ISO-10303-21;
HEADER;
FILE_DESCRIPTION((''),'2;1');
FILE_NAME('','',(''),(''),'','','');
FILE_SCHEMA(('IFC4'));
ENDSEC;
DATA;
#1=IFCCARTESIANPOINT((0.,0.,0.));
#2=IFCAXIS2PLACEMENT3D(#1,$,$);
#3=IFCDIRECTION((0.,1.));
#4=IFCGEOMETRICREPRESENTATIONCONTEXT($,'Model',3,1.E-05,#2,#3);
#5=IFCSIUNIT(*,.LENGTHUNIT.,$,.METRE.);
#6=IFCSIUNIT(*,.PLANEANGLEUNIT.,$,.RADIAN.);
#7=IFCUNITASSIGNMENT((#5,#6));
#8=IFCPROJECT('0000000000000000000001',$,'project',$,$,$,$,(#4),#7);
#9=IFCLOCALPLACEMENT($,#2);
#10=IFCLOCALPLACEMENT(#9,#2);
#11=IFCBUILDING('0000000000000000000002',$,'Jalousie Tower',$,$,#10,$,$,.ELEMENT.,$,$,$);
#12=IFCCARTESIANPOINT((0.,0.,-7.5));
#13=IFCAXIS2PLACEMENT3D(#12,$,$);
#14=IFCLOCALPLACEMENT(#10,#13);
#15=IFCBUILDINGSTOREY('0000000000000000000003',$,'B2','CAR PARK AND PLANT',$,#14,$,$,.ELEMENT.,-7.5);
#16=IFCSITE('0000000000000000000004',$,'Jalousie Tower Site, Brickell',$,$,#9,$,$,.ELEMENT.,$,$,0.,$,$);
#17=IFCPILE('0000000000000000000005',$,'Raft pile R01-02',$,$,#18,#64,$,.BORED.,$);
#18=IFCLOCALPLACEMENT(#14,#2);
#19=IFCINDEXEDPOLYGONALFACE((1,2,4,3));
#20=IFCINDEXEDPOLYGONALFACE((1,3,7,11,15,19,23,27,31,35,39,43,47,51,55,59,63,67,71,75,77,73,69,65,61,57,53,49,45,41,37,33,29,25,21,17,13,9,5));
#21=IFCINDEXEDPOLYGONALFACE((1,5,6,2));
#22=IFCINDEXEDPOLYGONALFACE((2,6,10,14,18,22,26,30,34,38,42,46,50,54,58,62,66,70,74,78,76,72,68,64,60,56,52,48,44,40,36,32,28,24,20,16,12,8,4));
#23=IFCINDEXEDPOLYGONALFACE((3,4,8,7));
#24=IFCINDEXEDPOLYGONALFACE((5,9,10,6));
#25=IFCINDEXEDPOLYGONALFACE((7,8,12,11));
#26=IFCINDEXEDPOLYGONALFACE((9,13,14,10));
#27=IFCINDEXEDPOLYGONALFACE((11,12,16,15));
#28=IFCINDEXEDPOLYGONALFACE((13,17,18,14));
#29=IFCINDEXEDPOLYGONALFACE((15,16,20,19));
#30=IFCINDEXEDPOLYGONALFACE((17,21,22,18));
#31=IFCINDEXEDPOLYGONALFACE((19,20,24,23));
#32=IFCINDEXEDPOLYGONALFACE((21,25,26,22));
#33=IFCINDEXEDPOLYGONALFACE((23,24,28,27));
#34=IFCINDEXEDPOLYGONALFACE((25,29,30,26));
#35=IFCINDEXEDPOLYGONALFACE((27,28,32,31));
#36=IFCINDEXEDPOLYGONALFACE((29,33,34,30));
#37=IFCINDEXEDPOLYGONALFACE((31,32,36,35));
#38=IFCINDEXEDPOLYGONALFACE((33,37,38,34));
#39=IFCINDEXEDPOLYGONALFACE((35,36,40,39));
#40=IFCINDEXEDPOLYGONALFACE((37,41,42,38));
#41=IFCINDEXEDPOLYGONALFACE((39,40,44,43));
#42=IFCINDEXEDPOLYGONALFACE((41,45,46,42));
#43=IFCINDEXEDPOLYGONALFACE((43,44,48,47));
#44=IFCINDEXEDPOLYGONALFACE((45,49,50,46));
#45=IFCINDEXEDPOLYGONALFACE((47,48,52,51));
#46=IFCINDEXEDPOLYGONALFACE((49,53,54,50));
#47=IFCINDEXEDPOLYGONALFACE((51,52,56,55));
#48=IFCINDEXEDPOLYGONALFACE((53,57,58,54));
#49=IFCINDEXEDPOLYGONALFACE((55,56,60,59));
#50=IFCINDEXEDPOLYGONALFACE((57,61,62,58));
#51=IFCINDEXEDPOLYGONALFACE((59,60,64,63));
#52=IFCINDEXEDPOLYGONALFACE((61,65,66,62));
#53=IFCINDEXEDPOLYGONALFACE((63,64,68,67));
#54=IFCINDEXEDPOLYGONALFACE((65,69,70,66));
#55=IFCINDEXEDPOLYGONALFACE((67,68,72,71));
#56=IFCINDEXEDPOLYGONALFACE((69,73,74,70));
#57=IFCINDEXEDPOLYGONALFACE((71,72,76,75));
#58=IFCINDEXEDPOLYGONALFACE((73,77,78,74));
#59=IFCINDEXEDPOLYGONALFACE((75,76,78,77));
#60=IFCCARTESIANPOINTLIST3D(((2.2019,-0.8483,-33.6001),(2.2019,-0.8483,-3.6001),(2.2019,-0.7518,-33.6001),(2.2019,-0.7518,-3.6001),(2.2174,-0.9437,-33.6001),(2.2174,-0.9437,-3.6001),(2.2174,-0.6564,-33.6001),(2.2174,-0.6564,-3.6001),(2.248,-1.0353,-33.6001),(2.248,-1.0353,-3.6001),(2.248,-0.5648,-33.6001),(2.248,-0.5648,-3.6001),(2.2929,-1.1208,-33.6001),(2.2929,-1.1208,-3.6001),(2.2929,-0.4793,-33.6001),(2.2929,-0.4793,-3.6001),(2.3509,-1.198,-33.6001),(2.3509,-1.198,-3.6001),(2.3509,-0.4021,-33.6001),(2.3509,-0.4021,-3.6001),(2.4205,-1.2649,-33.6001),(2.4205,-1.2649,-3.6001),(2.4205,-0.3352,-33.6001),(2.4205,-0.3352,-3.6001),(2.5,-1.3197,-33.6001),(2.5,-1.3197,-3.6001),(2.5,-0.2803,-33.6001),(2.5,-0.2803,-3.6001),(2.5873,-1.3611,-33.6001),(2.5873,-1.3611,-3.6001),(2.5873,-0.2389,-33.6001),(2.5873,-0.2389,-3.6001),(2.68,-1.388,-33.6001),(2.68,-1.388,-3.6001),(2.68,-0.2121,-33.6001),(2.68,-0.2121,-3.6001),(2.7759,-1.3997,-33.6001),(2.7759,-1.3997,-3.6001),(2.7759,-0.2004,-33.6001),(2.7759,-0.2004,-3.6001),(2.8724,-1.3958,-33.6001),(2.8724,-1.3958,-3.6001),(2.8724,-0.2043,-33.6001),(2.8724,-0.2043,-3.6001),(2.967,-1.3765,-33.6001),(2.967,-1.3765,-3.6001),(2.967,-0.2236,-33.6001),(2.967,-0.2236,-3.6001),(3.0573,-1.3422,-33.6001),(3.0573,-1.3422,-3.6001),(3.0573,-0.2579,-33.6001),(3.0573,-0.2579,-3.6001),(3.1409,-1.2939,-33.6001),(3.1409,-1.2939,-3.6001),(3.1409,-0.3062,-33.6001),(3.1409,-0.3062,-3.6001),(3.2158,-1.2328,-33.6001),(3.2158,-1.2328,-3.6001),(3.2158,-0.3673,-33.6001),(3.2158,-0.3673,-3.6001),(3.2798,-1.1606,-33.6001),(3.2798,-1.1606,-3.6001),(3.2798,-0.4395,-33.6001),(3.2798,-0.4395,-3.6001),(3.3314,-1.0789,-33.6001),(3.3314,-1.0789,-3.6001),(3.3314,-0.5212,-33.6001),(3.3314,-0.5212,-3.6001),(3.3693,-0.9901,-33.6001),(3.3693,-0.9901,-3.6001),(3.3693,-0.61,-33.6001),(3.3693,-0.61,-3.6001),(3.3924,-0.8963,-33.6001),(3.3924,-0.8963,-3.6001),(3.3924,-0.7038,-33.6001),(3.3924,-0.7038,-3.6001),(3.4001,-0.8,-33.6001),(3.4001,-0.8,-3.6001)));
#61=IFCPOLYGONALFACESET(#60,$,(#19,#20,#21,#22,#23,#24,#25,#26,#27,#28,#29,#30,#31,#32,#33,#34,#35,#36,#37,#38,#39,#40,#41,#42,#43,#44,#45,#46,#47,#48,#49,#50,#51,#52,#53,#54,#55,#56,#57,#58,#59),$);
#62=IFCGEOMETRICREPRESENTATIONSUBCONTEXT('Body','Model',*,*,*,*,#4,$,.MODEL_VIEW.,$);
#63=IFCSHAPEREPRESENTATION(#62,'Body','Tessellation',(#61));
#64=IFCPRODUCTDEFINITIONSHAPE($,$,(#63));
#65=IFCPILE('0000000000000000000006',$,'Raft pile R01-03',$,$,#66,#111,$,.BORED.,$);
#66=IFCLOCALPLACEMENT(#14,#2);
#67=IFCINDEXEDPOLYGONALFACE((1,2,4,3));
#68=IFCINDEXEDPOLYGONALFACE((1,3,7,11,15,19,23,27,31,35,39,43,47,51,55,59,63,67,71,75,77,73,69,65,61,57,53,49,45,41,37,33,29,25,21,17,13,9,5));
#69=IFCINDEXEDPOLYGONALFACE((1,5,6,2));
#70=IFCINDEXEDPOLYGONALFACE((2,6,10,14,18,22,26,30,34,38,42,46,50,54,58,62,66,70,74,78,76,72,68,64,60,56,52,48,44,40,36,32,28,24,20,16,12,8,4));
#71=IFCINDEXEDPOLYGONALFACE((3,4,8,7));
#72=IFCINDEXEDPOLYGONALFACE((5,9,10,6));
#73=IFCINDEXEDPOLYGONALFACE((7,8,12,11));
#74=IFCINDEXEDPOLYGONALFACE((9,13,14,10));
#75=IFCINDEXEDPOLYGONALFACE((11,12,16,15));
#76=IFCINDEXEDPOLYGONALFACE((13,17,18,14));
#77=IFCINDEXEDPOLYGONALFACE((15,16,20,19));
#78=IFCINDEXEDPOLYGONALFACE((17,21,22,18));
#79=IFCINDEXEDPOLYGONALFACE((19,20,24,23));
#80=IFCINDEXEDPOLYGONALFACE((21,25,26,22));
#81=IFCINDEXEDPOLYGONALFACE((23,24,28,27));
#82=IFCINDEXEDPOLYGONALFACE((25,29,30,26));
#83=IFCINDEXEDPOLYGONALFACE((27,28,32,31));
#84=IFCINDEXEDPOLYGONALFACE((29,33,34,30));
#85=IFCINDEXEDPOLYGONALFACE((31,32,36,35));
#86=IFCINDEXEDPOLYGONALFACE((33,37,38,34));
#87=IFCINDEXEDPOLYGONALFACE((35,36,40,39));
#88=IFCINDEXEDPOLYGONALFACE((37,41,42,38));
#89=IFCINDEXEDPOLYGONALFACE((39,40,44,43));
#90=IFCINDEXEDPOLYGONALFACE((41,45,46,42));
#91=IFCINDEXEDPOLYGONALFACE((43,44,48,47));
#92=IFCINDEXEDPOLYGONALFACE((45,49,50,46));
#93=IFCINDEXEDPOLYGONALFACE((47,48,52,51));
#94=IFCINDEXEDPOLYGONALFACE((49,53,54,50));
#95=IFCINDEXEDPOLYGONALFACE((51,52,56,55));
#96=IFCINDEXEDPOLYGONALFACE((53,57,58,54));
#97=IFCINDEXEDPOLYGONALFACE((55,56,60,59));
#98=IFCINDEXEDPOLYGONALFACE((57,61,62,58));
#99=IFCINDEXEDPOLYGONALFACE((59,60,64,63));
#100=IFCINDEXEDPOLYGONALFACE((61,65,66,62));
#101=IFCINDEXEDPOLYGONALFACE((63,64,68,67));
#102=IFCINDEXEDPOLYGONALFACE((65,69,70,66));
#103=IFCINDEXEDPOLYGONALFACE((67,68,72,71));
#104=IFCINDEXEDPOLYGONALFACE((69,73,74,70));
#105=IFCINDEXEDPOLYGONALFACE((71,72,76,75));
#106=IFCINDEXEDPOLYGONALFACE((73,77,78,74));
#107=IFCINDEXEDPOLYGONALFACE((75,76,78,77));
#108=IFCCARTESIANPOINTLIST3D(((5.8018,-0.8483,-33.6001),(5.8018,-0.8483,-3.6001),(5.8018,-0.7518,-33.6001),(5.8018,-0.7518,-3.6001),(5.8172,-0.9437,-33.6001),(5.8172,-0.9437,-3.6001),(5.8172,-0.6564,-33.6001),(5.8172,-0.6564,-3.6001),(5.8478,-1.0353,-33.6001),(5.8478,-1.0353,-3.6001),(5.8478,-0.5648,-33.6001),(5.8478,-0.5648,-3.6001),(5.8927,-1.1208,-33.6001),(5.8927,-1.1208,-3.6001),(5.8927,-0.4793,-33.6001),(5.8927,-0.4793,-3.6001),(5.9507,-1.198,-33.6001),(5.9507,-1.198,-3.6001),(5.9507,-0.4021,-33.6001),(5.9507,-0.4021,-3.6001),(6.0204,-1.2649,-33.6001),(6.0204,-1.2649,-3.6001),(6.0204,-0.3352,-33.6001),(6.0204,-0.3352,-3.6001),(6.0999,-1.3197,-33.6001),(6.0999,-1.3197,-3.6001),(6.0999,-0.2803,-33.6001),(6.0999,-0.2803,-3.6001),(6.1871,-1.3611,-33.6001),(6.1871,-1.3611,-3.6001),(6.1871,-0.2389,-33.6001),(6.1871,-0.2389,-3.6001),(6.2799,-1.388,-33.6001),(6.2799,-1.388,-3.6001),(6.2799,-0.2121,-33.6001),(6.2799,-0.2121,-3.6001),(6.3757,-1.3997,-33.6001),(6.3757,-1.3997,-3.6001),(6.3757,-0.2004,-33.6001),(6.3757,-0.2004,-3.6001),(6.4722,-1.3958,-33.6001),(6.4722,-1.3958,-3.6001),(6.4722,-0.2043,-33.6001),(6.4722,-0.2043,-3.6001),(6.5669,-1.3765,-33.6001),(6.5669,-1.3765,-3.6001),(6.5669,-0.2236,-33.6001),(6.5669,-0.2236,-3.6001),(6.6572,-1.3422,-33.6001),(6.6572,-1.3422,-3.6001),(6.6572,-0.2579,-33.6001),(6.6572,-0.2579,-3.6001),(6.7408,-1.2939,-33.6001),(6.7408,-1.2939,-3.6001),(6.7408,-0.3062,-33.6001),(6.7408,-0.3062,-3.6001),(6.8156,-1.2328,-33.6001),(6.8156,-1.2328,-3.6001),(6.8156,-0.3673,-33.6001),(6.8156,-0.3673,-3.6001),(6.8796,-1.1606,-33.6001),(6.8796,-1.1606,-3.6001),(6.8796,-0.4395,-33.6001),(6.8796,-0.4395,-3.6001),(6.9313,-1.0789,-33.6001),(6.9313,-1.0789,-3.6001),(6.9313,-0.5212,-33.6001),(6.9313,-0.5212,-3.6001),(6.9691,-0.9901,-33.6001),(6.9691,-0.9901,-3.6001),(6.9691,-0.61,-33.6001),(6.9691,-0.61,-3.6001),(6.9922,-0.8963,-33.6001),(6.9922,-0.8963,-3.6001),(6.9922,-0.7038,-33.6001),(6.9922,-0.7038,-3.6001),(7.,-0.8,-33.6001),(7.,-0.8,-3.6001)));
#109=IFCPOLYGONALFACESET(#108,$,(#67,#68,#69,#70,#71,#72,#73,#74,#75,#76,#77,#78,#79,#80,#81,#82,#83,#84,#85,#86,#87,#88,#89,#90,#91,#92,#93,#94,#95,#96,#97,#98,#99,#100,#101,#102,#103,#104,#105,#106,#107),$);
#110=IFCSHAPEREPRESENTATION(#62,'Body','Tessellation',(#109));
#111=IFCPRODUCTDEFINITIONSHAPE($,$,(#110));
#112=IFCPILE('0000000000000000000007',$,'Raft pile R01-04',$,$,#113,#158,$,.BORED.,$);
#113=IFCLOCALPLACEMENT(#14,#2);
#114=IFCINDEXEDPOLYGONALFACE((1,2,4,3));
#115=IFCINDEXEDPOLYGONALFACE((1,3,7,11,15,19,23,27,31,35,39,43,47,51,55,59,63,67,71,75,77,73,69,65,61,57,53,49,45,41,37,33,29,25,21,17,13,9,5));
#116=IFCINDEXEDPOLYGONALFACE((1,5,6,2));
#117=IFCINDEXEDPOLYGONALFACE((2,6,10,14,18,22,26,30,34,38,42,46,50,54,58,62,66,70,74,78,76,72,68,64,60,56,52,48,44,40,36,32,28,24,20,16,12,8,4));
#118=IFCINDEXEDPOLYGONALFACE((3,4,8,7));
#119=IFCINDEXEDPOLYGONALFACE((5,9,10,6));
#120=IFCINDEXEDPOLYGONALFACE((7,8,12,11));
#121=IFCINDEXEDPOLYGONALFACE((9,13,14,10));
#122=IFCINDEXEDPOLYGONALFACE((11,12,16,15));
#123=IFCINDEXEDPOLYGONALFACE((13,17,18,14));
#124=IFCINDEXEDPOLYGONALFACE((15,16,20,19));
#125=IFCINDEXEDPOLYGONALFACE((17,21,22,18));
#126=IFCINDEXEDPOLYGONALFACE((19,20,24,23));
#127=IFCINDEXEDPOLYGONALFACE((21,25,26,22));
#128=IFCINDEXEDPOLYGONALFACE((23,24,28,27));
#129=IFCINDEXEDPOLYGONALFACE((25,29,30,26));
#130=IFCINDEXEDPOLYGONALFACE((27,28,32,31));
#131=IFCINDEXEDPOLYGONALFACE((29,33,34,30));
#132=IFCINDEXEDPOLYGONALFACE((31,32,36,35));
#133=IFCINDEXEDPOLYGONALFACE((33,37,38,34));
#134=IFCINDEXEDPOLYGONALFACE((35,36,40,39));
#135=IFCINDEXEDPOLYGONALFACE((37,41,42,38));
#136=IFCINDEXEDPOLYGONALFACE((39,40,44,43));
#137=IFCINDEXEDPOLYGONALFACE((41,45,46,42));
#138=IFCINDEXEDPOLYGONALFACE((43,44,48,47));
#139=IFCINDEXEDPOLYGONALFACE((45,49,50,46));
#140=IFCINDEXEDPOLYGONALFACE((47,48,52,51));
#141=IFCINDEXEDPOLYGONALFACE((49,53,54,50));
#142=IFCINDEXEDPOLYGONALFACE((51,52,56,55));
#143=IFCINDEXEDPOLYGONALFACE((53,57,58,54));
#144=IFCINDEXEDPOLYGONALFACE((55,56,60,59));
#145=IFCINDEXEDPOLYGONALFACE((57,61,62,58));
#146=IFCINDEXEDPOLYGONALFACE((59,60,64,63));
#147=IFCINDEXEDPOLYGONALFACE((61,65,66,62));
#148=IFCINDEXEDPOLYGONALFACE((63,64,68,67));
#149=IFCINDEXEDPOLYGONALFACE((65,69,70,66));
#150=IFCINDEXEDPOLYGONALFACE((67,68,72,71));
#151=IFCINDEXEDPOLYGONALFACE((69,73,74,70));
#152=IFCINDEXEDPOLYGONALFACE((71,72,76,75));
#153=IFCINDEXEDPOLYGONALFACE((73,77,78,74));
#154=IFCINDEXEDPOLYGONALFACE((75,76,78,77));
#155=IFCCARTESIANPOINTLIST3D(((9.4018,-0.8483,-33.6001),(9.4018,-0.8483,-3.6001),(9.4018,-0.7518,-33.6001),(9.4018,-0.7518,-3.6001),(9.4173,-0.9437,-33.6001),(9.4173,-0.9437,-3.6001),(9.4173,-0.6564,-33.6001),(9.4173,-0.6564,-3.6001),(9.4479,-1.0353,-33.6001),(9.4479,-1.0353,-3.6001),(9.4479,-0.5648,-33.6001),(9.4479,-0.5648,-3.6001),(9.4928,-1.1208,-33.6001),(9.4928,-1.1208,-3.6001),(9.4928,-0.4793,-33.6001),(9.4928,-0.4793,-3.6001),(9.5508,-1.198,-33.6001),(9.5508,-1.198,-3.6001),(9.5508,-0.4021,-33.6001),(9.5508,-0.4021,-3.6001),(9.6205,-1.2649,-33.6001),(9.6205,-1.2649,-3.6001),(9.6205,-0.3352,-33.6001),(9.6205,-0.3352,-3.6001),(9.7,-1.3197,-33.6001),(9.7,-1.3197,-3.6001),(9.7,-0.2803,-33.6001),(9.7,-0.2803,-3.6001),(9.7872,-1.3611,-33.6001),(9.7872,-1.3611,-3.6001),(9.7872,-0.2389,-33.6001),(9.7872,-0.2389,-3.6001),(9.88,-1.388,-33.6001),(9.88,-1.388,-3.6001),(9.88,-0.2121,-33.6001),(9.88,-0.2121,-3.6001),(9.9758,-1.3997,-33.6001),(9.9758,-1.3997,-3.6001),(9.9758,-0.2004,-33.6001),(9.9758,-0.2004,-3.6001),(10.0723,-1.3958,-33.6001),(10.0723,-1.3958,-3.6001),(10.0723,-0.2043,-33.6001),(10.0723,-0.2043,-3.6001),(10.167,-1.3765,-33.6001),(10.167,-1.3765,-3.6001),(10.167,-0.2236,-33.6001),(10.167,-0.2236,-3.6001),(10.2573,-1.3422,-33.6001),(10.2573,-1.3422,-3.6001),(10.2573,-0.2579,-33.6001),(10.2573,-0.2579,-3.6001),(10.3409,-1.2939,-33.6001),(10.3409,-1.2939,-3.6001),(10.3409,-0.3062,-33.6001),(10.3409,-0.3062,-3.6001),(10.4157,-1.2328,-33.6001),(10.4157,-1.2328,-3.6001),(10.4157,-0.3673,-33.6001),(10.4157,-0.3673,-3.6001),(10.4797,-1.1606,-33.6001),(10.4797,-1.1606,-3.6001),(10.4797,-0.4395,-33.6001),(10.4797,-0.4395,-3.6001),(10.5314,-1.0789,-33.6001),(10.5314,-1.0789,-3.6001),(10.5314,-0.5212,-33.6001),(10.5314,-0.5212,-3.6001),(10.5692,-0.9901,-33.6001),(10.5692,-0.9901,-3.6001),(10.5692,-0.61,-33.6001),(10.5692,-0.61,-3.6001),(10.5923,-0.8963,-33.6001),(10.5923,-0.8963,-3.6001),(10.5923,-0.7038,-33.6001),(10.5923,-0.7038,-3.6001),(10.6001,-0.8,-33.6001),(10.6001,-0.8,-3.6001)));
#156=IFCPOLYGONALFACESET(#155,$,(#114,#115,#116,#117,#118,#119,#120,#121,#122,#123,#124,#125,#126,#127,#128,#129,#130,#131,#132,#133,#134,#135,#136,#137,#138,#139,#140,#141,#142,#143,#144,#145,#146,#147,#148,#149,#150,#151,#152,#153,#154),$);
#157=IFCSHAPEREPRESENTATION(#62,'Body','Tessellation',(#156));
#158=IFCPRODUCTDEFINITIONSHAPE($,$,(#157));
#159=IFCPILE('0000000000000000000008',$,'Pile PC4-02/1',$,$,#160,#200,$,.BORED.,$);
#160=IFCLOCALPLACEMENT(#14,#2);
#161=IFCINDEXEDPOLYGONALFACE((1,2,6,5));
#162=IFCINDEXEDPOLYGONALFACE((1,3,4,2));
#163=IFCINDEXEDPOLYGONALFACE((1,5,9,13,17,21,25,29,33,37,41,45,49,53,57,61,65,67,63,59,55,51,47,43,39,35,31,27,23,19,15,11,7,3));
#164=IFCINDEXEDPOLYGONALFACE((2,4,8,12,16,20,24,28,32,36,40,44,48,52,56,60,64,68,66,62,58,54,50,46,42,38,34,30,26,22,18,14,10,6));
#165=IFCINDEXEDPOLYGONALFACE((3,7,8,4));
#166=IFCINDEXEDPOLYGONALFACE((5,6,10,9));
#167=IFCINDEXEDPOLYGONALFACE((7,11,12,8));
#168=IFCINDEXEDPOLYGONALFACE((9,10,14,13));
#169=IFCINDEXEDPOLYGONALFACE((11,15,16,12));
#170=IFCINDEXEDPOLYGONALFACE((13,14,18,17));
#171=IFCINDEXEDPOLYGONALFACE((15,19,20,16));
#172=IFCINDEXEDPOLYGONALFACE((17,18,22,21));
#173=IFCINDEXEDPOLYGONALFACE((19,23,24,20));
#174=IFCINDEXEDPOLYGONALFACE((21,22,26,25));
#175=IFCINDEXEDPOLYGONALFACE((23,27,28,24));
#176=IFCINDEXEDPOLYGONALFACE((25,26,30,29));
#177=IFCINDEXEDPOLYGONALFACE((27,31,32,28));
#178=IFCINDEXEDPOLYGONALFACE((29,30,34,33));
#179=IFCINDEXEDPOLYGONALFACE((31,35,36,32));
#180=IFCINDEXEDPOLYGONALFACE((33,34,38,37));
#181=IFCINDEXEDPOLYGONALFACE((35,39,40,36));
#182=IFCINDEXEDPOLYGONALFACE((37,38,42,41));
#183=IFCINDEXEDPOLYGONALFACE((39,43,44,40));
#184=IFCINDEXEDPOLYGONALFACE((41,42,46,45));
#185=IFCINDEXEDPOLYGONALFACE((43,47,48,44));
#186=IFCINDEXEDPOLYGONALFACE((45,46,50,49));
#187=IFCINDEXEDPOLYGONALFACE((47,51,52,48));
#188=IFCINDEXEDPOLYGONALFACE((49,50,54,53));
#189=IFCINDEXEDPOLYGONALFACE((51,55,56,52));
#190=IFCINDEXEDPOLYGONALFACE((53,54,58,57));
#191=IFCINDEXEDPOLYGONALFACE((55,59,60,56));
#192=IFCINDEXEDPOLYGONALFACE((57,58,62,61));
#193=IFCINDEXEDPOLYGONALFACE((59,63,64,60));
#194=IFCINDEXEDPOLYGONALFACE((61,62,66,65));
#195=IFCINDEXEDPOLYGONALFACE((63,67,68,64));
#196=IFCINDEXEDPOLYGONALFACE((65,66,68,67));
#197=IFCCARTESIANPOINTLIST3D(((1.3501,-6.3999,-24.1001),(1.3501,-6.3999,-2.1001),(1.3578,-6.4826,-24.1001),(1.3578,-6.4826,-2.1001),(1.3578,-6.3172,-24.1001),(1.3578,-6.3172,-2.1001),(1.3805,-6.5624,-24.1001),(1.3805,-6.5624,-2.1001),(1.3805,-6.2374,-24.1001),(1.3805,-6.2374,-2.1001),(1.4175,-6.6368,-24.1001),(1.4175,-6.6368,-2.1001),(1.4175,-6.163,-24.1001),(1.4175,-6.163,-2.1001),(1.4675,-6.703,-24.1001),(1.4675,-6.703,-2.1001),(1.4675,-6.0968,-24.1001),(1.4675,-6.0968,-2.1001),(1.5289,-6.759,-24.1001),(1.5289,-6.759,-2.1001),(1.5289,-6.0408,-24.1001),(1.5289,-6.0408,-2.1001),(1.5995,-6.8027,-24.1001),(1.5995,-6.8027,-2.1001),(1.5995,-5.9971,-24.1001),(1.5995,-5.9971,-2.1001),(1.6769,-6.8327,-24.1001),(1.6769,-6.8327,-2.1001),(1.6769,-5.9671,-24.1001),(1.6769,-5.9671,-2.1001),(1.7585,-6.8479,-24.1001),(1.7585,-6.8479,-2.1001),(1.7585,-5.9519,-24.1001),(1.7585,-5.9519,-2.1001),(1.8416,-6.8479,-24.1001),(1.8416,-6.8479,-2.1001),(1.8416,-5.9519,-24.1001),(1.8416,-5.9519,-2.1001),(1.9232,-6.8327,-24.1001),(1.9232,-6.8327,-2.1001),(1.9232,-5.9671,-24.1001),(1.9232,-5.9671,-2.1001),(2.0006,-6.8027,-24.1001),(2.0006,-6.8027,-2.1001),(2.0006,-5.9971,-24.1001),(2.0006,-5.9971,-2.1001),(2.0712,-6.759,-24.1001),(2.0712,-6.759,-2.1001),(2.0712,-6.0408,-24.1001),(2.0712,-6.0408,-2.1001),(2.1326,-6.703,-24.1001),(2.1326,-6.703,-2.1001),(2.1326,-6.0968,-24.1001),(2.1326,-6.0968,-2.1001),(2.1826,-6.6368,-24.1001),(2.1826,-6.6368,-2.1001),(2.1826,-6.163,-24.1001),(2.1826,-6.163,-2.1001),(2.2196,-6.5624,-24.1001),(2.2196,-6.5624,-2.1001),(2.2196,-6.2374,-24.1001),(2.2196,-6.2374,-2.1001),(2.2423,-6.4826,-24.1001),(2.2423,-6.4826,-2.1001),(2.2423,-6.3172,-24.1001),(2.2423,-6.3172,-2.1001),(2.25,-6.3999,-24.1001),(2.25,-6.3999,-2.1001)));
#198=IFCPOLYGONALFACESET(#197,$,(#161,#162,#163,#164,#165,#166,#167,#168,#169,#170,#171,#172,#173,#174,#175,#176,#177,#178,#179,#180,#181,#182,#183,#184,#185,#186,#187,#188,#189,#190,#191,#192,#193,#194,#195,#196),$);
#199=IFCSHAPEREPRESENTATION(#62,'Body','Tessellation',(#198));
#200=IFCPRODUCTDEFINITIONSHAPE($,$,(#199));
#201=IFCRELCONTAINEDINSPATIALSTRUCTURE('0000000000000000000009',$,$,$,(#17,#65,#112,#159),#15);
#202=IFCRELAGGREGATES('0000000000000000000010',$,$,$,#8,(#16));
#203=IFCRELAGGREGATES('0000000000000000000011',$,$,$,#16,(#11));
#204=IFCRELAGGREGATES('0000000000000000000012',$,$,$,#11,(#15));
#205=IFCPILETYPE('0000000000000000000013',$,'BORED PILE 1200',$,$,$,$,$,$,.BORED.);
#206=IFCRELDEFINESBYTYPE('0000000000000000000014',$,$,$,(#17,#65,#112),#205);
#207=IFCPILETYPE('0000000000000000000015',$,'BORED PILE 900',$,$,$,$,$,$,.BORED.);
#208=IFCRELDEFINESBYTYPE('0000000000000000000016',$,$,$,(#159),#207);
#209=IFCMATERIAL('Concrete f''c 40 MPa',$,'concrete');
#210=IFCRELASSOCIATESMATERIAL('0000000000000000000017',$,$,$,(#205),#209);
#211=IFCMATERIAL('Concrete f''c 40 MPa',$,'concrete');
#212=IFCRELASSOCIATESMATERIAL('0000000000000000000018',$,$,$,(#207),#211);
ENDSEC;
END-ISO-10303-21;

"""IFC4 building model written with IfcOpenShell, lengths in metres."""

from ifc_helpers import new_model, si_unit, direction, frame, origin, origin_2d, place, context, subcontext, project, spatial, circle, extrude, material, material_profile, profile_set, type_object, element, save


model = new_model("IFC4")

# Units and contexts
model_context = context("Model", 3, precision=1e-05, world=origin(), true_north=direction((0.0, 1.0)))
body_context = subcontext(model_context, "Body", "Model", "MODEL_VIEW")
ifc_project = project(units=[si_unit("LENGTHUNIT", "METRE"), si_unit("PLANEANGLEUNIT", "RADIAN")], contexts=[model_context])

# Site, building, storey
site_placement = place(None, origin())
site = spatial("IfcSite", under=ifc_project, at=site_placement, Name="Jalousie Tower Site, Brickell", CompositionType="ELEMENT", RefElevation=0.0)
building_placement = place(site_placement, origin())
building = spatial("IfcBuilding", under=site, at=building_placement, Name="Jalousie Tower", CompositionType="ELEMENT")
storey_placement = place(building_placement, frame((0.0, 0.0, -7.5)))
storey = spatial("IfcBuildingStorey", under=building, at=storey_placement, Name="B2", Description="CAR PARK AND PLANT", CompositionType="ELEMENT", Elevation=-7.5)

# Piles
ifc_material_1 = material(Name="Concrete f'c 40 MPa", Category="concrete")
ifc_material_profile_1 = material_profile(ifc_material_1, circle(Radius=0.6001, at=origin_2d()), Name="BORED PILE D1200")
ifc_profile_set_1 = profile_set([ifc_material_profile_1], Name="Concrete f'c 40 MPa")
pile_type_1 = type_object("IfcPileType", Name="BORED PILE 1200", PredefinedType="BORED", material=ifc_profile_set_1)
for number, where, z_axis, x_axis, name in (
    (1, (2.8, -0.8, -3.6001), (0.0, 0.0, -1.0), (1.0, 0.0, 0.0), "Raft pile R01-02"),
    (2, (6.3999, -0.8, -3.6001), (0.0, 0.0, -1.0), (1.0, 0.0, 0.0), "Raft pile R01-03"),
    (3, (10.0, -0.8, -3.6001), (0.0, 0.0, -1.0), (1.0, 0.0, 0.0), "Raft pile R01-04"),
):
    element("IfcPile", number, at=place(storey_placement, frame(where, z_axis=z_axis, x_axis=x_axis)), inside=storey, type_object=pile_type_1, Name=name, PredefinedType="BORED", context=body_context, shape_type="SweptSolid", body=[
        extrude(circle(Radius=0.6001, at=origin_2d()), origin(), (0.0, 0.0, 1.0), 30.0),
    ])
ifc_material_2 = material(Name="Concrete f'c 40 MPa", Category="concrete")
ifc_material_profile_2 = material_profile(ifc_material_2, circle(Radius=0.45, at=origin_2d()), Name="BORED PILE D900")
ifc_profile_set_2 = profile_set([ifc_material_profile_2], Name="Concrete f'c 40 MPa")
pile_type_2 = type_object("IfcPileType", Name="BORED PILE 900", PredefinedType="BORED", material=ifc_profile_set_2)
for number, where, z_axis, x_axis, name in (
    (4, (1.8, -6.3999, -2.1001), (0.0, 0.0, -1.0), (1.0, 0.0, 0.0), "Pile PC4-02/1"),
):
    element("IfcPile", number, at=place(storey_placement, frame(where, z_axis=z_axis, x_axis=x_axis)), inside=storey, type_object=pile_type_2, Name=name, PredefinedType="BORED", context=body_context, shape_type="SweptSolid", body=[
        extrude(circle(Radius=0.45, at=origin_2d()), origin(), (0.0, 0.0, 1.0), 22.0),
    ])

save(model, "model.ifc")
